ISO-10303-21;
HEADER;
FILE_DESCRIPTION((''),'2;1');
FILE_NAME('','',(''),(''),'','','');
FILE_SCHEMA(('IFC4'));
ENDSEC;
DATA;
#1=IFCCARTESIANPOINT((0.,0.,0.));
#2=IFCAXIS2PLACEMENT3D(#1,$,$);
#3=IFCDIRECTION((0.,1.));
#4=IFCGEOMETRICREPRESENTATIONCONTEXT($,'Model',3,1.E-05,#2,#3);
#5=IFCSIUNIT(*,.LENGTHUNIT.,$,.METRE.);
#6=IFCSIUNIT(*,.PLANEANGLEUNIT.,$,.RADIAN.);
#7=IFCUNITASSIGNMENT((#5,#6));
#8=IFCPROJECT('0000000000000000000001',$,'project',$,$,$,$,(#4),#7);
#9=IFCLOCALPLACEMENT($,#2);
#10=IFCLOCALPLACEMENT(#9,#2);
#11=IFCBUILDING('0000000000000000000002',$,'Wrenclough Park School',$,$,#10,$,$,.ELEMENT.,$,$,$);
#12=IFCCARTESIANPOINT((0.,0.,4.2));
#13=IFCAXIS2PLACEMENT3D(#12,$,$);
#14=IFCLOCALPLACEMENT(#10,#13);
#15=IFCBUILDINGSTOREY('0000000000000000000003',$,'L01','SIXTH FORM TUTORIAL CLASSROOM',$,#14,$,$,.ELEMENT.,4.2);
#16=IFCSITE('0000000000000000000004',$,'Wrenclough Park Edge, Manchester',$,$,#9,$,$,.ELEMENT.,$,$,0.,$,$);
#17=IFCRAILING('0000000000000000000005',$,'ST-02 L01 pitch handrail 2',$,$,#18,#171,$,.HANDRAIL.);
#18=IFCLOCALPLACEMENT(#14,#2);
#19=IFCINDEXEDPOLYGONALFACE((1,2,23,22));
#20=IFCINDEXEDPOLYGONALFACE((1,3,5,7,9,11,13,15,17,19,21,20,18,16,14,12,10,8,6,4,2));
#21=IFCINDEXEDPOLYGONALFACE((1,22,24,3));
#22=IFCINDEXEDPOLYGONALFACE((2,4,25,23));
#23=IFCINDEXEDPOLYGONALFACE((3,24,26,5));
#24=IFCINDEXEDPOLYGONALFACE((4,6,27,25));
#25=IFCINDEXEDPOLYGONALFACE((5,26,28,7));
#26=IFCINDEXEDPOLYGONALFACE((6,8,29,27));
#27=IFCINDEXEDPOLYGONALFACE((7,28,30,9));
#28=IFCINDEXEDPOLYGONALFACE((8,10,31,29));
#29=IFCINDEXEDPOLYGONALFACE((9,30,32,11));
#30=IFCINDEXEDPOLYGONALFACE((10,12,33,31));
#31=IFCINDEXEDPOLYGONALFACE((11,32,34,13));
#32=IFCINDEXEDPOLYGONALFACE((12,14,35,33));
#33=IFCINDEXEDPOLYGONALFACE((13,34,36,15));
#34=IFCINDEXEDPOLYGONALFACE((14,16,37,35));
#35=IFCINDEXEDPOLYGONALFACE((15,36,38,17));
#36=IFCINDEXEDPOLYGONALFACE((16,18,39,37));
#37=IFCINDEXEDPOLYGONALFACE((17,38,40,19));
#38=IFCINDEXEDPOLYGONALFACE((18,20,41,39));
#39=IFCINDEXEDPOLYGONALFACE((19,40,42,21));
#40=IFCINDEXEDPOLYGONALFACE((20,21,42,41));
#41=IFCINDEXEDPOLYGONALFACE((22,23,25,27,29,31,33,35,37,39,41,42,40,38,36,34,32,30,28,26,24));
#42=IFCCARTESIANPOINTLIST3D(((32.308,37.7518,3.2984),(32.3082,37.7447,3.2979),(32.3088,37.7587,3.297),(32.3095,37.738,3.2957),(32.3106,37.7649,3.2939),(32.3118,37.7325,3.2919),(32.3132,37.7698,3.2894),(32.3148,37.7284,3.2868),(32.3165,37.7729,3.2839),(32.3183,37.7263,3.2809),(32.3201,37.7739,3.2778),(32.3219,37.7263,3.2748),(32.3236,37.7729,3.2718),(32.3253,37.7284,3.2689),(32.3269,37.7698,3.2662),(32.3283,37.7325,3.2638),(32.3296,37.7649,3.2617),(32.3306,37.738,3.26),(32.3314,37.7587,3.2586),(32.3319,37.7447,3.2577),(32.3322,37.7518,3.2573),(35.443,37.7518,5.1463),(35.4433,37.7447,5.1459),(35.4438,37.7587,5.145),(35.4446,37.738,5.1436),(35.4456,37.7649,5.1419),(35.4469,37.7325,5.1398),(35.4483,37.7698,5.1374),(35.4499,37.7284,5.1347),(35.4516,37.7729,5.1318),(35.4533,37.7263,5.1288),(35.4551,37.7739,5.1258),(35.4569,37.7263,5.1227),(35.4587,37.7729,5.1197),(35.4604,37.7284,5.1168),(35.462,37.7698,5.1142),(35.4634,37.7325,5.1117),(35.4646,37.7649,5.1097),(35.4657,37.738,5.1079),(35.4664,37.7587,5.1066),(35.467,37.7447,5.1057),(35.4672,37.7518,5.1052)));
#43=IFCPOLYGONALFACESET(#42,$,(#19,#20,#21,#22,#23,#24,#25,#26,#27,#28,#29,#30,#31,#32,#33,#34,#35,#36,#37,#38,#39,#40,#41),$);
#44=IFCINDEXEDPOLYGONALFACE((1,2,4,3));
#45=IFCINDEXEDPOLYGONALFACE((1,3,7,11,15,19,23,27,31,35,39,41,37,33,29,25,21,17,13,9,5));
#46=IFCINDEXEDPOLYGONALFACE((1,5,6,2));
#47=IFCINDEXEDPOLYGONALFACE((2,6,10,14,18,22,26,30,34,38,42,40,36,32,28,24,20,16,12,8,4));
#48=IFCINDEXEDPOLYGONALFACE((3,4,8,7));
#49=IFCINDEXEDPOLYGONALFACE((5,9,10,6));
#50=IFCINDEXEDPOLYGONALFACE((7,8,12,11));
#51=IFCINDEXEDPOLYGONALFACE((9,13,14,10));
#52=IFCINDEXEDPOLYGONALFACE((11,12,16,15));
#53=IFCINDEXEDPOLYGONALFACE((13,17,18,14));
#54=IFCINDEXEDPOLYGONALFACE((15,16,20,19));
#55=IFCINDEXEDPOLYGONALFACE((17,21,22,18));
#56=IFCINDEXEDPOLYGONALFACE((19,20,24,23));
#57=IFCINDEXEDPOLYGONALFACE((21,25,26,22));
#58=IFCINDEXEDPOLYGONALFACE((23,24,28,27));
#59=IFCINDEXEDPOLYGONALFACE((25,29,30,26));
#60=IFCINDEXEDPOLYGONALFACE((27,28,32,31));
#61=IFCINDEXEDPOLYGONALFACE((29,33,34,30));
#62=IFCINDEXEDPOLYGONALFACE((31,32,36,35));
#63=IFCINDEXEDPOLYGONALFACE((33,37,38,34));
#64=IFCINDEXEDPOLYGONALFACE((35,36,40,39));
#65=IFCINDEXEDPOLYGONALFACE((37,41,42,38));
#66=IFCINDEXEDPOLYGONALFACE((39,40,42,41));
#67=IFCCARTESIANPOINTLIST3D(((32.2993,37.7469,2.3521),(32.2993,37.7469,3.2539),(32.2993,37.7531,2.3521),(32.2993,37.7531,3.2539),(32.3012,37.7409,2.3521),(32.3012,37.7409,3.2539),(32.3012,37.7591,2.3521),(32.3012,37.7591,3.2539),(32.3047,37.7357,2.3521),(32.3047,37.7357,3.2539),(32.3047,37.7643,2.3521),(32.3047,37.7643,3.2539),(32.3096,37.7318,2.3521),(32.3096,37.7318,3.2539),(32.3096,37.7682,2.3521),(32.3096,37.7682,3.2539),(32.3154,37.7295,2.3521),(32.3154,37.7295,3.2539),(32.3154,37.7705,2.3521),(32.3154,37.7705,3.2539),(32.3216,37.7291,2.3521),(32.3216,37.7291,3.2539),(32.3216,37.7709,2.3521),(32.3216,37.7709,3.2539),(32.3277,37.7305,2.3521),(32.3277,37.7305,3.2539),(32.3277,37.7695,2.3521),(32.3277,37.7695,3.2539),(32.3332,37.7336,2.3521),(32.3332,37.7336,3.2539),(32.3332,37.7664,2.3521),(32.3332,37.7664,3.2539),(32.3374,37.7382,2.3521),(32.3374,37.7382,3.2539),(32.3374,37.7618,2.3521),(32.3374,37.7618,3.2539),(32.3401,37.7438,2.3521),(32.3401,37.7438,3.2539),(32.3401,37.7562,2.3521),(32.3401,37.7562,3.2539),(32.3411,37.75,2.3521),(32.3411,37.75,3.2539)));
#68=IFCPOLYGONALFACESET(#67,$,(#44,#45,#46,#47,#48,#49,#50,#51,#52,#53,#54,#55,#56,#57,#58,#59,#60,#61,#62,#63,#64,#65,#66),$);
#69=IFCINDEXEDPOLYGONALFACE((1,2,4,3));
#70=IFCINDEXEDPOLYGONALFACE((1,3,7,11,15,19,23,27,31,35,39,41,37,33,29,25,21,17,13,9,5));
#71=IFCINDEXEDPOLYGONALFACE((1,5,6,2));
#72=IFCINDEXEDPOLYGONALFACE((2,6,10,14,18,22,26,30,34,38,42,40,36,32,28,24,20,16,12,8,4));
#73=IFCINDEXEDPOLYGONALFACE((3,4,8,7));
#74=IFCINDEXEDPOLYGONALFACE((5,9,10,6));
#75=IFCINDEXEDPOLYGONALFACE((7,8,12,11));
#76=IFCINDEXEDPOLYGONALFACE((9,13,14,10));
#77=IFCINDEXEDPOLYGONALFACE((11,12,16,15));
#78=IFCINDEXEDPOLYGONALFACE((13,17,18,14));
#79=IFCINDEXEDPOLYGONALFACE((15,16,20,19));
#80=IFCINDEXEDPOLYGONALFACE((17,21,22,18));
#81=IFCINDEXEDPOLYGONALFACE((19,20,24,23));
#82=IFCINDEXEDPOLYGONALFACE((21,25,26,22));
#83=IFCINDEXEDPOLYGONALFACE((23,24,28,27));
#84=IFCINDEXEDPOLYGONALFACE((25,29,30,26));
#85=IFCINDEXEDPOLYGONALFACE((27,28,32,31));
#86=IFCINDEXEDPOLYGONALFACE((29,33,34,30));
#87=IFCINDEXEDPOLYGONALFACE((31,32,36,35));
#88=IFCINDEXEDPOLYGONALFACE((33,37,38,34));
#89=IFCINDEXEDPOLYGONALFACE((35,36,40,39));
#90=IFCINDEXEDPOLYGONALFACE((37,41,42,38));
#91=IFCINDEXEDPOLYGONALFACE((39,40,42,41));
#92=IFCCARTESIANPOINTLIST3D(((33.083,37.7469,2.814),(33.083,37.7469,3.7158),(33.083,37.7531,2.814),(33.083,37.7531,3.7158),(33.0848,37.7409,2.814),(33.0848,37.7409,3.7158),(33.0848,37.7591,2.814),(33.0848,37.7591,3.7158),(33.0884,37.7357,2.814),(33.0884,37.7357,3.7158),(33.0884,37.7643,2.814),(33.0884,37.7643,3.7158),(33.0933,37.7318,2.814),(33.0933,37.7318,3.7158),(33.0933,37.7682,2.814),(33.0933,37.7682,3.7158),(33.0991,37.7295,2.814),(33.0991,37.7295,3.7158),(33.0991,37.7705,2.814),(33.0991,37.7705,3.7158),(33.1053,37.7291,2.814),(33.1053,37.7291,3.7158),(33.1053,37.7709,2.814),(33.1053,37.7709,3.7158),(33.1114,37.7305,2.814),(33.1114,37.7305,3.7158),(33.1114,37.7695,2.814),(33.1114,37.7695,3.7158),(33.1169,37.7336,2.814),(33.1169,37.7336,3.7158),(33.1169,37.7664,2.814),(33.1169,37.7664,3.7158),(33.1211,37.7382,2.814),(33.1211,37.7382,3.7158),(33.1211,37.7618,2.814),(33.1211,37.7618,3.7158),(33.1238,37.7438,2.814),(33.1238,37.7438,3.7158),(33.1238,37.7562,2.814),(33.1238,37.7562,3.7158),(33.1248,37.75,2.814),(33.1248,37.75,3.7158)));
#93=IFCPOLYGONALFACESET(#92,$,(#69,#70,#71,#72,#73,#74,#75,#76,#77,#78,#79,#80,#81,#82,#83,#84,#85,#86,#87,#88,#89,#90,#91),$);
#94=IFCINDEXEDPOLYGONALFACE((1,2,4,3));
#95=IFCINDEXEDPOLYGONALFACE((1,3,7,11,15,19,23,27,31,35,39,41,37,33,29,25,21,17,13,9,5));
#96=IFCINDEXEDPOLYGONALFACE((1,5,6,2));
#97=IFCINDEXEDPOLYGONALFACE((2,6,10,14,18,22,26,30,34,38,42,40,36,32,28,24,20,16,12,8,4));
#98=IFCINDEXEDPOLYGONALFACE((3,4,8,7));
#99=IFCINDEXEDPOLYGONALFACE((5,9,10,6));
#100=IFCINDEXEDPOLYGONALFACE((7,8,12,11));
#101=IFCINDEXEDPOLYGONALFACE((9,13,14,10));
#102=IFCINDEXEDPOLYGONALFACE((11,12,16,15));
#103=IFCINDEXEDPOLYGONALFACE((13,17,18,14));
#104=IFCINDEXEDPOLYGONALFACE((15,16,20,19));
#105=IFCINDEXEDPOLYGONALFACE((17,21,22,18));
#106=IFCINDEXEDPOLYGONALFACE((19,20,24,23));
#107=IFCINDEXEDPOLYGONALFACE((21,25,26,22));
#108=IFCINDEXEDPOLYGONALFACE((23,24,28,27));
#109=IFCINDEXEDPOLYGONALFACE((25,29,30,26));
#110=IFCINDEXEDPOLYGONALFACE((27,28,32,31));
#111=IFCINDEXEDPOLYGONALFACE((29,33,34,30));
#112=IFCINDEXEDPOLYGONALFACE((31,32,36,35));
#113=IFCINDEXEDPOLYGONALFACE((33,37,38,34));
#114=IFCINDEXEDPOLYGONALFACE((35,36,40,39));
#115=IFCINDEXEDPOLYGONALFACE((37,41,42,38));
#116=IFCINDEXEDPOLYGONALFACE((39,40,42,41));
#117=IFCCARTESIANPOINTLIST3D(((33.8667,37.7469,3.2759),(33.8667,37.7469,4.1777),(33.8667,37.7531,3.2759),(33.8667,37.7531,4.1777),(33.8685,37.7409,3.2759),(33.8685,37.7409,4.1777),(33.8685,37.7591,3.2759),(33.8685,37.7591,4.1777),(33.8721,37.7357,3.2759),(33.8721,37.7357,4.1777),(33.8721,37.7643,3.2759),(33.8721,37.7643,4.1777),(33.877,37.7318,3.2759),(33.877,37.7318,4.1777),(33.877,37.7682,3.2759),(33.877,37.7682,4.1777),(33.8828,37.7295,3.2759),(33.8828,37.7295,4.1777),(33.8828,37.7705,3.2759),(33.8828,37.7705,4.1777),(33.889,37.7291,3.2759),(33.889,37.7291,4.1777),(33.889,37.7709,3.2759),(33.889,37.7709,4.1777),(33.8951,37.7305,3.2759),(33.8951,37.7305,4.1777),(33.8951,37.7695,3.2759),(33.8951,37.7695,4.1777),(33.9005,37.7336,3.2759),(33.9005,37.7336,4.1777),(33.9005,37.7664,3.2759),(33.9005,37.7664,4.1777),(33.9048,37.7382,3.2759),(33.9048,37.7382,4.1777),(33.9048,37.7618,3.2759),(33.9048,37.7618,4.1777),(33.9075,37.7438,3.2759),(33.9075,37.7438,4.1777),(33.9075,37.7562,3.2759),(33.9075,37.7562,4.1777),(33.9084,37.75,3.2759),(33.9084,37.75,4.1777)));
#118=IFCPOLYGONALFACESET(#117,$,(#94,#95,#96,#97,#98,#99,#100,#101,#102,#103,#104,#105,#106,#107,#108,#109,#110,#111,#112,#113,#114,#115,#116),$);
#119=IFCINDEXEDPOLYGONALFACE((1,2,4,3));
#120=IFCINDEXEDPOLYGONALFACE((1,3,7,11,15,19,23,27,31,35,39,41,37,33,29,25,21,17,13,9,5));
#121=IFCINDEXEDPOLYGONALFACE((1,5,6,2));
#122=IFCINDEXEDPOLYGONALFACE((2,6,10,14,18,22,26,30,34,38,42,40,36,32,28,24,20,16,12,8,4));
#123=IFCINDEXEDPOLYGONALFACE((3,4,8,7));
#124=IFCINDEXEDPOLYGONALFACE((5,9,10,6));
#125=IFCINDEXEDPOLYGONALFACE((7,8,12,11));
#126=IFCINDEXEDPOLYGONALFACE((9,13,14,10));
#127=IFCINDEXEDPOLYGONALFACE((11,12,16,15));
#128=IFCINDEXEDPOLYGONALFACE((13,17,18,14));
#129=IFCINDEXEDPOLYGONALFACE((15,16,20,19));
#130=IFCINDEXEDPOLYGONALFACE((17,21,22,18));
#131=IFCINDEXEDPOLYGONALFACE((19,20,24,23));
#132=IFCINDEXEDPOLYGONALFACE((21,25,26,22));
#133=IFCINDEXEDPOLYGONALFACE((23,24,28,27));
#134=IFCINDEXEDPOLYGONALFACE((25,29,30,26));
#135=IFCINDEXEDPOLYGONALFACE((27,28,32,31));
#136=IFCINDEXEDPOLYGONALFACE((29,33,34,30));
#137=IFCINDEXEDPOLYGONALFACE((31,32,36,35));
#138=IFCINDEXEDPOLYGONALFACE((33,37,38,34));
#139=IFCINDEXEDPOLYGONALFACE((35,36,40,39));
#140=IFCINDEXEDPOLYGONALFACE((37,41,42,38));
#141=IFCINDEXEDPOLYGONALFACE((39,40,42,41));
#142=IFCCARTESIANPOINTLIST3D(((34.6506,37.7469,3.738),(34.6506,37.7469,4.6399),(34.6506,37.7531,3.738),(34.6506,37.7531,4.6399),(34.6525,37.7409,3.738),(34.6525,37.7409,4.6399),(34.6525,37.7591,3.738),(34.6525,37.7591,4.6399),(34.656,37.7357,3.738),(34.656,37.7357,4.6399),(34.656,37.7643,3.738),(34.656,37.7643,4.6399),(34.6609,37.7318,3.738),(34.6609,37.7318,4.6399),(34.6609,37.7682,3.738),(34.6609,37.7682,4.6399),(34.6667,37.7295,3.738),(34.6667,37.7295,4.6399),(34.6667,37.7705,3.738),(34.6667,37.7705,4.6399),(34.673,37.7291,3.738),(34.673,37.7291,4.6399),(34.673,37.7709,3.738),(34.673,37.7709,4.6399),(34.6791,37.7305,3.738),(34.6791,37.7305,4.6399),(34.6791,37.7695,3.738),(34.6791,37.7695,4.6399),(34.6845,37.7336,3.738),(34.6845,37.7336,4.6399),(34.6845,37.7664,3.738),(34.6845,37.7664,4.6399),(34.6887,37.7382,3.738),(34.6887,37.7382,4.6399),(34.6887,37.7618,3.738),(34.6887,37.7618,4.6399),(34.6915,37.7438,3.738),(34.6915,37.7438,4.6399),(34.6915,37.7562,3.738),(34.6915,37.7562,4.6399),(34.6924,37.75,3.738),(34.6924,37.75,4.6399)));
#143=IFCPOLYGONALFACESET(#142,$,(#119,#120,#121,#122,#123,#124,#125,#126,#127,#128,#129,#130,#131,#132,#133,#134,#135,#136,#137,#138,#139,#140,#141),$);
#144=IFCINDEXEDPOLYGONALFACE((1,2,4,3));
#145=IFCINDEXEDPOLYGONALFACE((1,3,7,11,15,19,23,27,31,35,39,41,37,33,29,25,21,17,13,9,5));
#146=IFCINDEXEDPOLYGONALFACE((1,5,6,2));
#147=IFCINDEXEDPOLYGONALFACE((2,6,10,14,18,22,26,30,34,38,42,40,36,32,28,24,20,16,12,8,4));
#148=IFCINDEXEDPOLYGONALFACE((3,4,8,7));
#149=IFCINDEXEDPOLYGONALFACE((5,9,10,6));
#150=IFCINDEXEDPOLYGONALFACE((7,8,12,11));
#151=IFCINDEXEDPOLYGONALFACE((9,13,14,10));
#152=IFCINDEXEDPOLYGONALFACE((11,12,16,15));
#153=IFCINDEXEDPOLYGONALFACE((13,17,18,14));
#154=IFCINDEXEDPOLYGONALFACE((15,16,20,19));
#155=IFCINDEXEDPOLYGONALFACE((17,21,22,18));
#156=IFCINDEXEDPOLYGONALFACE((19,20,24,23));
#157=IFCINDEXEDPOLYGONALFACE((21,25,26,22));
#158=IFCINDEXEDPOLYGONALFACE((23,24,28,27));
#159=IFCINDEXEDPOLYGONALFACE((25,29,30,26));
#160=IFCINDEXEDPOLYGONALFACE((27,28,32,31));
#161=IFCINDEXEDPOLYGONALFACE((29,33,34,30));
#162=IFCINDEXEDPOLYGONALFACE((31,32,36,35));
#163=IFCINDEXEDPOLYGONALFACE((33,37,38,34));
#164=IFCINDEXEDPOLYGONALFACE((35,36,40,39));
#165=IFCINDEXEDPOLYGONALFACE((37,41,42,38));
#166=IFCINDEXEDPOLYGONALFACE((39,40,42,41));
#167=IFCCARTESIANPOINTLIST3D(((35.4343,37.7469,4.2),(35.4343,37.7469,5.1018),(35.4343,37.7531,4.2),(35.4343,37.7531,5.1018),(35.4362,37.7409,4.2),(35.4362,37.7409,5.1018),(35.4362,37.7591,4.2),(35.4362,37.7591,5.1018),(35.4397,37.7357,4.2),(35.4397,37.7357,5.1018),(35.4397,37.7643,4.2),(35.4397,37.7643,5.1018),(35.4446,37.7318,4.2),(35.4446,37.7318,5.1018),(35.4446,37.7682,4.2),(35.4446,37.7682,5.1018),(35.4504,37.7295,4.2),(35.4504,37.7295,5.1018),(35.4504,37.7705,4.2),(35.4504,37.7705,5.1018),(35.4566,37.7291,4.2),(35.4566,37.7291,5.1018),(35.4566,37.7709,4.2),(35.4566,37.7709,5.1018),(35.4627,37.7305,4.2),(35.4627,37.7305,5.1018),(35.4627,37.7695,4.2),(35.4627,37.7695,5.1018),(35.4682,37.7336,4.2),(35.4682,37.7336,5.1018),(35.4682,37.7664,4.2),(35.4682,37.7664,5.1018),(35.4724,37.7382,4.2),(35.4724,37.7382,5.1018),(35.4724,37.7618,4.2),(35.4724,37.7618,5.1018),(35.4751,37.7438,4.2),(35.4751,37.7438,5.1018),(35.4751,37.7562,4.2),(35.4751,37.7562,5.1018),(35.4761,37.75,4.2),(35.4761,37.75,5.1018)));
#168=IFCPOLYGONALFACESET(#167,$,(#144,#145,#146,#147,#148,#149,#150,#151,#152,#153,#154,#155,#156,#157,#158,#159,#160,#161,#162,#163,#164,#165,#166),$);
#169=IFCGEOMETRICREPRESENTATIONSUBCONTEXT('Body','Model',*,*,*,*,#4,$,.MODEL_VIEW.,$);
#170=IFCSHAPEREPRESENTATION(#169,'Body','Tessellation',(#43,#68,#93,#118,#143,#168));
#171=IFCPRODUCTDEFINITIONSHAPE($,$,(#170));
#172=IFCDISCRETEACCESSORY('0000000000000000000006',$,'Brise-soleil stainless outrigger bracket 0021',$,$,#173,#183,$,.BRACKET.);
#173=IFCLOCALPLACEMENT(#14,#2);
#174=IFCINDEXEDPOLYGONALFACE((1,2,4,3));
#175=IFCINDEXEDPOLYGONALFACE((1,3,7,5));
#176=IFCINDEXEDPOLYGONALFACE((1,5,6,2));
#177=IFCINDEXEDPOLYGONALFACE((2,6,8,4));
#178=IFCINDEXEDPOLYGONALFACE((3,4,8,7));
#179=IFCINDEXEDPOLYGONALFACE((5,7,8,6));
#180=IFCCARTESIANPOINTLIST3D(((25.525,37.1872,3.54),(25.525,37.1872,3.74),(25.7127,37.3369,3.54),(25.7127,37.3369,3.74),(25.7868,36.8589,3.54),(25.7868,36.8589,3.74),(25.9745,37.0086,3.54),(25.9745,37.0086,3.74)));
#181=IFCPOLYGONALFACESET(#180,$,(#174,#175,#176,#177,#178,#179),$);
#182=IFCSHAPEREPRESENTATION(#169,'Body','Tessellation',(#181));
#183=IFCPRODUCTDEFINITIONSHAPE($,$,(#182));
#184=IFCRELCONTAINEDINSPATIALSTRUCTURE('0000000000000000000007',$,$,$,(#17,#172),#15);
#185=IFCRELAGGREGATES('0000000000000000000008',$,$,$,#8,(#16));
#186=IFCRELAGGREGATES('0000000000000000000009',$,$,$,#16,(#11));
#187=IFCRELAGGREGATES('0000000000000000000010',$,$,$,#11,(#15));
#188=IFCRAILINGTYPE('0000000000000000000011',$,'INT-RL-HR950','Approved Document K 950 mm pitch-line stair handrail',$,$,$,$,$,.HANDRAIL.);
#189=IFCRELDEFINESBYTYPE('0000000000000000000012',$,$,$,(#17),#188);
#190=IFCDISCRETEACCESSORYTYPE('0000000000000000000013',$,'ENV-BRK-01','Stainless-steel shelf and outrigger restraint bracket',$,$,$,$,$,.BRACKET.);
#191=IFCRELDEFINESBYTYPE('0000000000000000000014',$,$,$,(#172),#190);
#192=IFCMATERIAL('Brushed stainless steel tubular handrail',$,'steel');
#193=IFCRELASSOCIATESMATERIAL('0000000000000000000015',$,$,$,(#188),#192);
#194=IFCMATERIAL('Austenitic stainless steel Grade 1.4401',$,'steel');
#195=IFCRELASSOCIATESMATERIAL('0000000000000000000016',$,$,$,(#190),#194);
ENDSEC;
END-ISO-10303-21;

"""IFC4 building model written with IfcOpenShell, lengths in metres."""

from ifc_helpers import new_model, si_unit, direction, frame, origin, origin_2d, place, context, subcontext, project, spatial, rectangle, circle, extrude, material, type_object, element, save


model = new_model("IFC4")

# Units and contexts
model_context = context("Model", 3, precision=1e-05, world=origin(), true_north=direction((0.0, 1.0)))
body_context = subcontext(model_context, "Body", "Model", "MODEL_VIEW")
ifc_project = project(units=[si_unit("LENGTHUNIT", "METRE"), si_unit("PLANEANGLEUNIT", "RADIAN")], contexts=[model_context])

# Site, building, storey
site_placement = place(None, origin())
site = spatial("IfcSite", under=ifc_project, at=site_placement, Name="Wrenclough Park Edge, Manchester", CompositionType="ELEMENT", RefElevation=0.0)
building_placement = place(site_placement, origin())
building = spatial("IfcBuilding", under=site, at=building_placement, Name="Wrenclough Park School", CompositionType="ELEMENT")
storey_placement = place(building_placement, frame((0.0, 0.0, 4.2)))
storey = spatial("IfcBuildingStorey", under=building, at=storey_placement, Name="L01", Description="SIXTH FORM TUTORIAL CLASSROOM", CompositionType="ELEMENT", Elevation=4.2)

# Railing
ifc_material_1 = material(Name="Brushed stainless steel tubular handrail", Category="steel")
railing_type = type_object("IfcRailingType", Name="INT-RL-HR950", Description="Approved Document K 950 mm pitch-line stair handrail", PredefinedType="HANDRAIL", material=ifc_material_1)
railing_placement = place(storey_placement, frame((32.3201, 37.75, 2.3521)))
element("IfcRailing", 1, at=railing_placement, inside=storey, type_object=railing_type, Name="ST-02 L01 pitch handrail 2", PredefinedType="HANDRAIL", context=body_context, shape_type="SweptSolid", body=[
    extrude(circle(Radius=0.0239, at=origin_2d()), frame((0.0, 0.0, 0.9258), z_axis=(0.86148, 0.0, 0.507791), x_axis=(0.0, 1.0, 0.0)), (0.0, 0.0, 1.0), 3.6392),
    extrude(circle(Radius=0.021, at=origin_2d()), origin(), (0.0, 0.0, 1.0), 0.9019),
    extrude(circle(Radius=0.021, at=origin_2d()), frame((0.7837, 0.0, 0.4619)), (0.0, 0.0, 1.0), 0.9019),
    extrude(circle(Radius=0.021, at=origin_2d()), frame((1.5674, 0.0, 0.9238)), (0.0, 0.0, 1.0), 0.9019),
    extrude(circle(Radius=0.021, at=origin_2d()), frame((2.3513, 0.0, 1.386)), (0.0, 0.0, 1.0), 0.9019),
    extrude(circle(Radius=0.021, at=origin_2d()), frame((3.135, 0.0, 1.8479)), (0.0, 0.0, 1.0), 0.9019),
])

# Discrete accessory
ifc_material_2 = material(Name="Austenitic stainless steel Grade 1.4401", Category="steel")
discrete_accessory_type = type_object("IfcDiscreteAccessoryType", Name="ENV-BRK-01", Description="Stainless-steel shelf and outrigger restraint bracket", PredefinedType="BRACKET", material=ifc_material_2)
discrete_accessory_placement = place(storey_placement, frame((25.7498, 37.0979, 3.54), z_axis=(0.0, 0.0, 1.0), x_axis=(-0.781833, -0.623487, 0.0)))
element("IfcDiscreteAccessory", 2, at=discrete_accessory_placement, inside=storey, type_object=discrete_accessory_type, Name="Brise-soleil stainless outrigger bracket 0021", PredefinedType="BRACKET", context=body_context, shape_type="SweptSolid", body=[
    extrude(rectangle(XDim=0.24, YDim=0.4199, at=origin_2d()), origin(), (0.0, 0.0, 1.0), 0.2),
])

save(model, "model.ifc")
